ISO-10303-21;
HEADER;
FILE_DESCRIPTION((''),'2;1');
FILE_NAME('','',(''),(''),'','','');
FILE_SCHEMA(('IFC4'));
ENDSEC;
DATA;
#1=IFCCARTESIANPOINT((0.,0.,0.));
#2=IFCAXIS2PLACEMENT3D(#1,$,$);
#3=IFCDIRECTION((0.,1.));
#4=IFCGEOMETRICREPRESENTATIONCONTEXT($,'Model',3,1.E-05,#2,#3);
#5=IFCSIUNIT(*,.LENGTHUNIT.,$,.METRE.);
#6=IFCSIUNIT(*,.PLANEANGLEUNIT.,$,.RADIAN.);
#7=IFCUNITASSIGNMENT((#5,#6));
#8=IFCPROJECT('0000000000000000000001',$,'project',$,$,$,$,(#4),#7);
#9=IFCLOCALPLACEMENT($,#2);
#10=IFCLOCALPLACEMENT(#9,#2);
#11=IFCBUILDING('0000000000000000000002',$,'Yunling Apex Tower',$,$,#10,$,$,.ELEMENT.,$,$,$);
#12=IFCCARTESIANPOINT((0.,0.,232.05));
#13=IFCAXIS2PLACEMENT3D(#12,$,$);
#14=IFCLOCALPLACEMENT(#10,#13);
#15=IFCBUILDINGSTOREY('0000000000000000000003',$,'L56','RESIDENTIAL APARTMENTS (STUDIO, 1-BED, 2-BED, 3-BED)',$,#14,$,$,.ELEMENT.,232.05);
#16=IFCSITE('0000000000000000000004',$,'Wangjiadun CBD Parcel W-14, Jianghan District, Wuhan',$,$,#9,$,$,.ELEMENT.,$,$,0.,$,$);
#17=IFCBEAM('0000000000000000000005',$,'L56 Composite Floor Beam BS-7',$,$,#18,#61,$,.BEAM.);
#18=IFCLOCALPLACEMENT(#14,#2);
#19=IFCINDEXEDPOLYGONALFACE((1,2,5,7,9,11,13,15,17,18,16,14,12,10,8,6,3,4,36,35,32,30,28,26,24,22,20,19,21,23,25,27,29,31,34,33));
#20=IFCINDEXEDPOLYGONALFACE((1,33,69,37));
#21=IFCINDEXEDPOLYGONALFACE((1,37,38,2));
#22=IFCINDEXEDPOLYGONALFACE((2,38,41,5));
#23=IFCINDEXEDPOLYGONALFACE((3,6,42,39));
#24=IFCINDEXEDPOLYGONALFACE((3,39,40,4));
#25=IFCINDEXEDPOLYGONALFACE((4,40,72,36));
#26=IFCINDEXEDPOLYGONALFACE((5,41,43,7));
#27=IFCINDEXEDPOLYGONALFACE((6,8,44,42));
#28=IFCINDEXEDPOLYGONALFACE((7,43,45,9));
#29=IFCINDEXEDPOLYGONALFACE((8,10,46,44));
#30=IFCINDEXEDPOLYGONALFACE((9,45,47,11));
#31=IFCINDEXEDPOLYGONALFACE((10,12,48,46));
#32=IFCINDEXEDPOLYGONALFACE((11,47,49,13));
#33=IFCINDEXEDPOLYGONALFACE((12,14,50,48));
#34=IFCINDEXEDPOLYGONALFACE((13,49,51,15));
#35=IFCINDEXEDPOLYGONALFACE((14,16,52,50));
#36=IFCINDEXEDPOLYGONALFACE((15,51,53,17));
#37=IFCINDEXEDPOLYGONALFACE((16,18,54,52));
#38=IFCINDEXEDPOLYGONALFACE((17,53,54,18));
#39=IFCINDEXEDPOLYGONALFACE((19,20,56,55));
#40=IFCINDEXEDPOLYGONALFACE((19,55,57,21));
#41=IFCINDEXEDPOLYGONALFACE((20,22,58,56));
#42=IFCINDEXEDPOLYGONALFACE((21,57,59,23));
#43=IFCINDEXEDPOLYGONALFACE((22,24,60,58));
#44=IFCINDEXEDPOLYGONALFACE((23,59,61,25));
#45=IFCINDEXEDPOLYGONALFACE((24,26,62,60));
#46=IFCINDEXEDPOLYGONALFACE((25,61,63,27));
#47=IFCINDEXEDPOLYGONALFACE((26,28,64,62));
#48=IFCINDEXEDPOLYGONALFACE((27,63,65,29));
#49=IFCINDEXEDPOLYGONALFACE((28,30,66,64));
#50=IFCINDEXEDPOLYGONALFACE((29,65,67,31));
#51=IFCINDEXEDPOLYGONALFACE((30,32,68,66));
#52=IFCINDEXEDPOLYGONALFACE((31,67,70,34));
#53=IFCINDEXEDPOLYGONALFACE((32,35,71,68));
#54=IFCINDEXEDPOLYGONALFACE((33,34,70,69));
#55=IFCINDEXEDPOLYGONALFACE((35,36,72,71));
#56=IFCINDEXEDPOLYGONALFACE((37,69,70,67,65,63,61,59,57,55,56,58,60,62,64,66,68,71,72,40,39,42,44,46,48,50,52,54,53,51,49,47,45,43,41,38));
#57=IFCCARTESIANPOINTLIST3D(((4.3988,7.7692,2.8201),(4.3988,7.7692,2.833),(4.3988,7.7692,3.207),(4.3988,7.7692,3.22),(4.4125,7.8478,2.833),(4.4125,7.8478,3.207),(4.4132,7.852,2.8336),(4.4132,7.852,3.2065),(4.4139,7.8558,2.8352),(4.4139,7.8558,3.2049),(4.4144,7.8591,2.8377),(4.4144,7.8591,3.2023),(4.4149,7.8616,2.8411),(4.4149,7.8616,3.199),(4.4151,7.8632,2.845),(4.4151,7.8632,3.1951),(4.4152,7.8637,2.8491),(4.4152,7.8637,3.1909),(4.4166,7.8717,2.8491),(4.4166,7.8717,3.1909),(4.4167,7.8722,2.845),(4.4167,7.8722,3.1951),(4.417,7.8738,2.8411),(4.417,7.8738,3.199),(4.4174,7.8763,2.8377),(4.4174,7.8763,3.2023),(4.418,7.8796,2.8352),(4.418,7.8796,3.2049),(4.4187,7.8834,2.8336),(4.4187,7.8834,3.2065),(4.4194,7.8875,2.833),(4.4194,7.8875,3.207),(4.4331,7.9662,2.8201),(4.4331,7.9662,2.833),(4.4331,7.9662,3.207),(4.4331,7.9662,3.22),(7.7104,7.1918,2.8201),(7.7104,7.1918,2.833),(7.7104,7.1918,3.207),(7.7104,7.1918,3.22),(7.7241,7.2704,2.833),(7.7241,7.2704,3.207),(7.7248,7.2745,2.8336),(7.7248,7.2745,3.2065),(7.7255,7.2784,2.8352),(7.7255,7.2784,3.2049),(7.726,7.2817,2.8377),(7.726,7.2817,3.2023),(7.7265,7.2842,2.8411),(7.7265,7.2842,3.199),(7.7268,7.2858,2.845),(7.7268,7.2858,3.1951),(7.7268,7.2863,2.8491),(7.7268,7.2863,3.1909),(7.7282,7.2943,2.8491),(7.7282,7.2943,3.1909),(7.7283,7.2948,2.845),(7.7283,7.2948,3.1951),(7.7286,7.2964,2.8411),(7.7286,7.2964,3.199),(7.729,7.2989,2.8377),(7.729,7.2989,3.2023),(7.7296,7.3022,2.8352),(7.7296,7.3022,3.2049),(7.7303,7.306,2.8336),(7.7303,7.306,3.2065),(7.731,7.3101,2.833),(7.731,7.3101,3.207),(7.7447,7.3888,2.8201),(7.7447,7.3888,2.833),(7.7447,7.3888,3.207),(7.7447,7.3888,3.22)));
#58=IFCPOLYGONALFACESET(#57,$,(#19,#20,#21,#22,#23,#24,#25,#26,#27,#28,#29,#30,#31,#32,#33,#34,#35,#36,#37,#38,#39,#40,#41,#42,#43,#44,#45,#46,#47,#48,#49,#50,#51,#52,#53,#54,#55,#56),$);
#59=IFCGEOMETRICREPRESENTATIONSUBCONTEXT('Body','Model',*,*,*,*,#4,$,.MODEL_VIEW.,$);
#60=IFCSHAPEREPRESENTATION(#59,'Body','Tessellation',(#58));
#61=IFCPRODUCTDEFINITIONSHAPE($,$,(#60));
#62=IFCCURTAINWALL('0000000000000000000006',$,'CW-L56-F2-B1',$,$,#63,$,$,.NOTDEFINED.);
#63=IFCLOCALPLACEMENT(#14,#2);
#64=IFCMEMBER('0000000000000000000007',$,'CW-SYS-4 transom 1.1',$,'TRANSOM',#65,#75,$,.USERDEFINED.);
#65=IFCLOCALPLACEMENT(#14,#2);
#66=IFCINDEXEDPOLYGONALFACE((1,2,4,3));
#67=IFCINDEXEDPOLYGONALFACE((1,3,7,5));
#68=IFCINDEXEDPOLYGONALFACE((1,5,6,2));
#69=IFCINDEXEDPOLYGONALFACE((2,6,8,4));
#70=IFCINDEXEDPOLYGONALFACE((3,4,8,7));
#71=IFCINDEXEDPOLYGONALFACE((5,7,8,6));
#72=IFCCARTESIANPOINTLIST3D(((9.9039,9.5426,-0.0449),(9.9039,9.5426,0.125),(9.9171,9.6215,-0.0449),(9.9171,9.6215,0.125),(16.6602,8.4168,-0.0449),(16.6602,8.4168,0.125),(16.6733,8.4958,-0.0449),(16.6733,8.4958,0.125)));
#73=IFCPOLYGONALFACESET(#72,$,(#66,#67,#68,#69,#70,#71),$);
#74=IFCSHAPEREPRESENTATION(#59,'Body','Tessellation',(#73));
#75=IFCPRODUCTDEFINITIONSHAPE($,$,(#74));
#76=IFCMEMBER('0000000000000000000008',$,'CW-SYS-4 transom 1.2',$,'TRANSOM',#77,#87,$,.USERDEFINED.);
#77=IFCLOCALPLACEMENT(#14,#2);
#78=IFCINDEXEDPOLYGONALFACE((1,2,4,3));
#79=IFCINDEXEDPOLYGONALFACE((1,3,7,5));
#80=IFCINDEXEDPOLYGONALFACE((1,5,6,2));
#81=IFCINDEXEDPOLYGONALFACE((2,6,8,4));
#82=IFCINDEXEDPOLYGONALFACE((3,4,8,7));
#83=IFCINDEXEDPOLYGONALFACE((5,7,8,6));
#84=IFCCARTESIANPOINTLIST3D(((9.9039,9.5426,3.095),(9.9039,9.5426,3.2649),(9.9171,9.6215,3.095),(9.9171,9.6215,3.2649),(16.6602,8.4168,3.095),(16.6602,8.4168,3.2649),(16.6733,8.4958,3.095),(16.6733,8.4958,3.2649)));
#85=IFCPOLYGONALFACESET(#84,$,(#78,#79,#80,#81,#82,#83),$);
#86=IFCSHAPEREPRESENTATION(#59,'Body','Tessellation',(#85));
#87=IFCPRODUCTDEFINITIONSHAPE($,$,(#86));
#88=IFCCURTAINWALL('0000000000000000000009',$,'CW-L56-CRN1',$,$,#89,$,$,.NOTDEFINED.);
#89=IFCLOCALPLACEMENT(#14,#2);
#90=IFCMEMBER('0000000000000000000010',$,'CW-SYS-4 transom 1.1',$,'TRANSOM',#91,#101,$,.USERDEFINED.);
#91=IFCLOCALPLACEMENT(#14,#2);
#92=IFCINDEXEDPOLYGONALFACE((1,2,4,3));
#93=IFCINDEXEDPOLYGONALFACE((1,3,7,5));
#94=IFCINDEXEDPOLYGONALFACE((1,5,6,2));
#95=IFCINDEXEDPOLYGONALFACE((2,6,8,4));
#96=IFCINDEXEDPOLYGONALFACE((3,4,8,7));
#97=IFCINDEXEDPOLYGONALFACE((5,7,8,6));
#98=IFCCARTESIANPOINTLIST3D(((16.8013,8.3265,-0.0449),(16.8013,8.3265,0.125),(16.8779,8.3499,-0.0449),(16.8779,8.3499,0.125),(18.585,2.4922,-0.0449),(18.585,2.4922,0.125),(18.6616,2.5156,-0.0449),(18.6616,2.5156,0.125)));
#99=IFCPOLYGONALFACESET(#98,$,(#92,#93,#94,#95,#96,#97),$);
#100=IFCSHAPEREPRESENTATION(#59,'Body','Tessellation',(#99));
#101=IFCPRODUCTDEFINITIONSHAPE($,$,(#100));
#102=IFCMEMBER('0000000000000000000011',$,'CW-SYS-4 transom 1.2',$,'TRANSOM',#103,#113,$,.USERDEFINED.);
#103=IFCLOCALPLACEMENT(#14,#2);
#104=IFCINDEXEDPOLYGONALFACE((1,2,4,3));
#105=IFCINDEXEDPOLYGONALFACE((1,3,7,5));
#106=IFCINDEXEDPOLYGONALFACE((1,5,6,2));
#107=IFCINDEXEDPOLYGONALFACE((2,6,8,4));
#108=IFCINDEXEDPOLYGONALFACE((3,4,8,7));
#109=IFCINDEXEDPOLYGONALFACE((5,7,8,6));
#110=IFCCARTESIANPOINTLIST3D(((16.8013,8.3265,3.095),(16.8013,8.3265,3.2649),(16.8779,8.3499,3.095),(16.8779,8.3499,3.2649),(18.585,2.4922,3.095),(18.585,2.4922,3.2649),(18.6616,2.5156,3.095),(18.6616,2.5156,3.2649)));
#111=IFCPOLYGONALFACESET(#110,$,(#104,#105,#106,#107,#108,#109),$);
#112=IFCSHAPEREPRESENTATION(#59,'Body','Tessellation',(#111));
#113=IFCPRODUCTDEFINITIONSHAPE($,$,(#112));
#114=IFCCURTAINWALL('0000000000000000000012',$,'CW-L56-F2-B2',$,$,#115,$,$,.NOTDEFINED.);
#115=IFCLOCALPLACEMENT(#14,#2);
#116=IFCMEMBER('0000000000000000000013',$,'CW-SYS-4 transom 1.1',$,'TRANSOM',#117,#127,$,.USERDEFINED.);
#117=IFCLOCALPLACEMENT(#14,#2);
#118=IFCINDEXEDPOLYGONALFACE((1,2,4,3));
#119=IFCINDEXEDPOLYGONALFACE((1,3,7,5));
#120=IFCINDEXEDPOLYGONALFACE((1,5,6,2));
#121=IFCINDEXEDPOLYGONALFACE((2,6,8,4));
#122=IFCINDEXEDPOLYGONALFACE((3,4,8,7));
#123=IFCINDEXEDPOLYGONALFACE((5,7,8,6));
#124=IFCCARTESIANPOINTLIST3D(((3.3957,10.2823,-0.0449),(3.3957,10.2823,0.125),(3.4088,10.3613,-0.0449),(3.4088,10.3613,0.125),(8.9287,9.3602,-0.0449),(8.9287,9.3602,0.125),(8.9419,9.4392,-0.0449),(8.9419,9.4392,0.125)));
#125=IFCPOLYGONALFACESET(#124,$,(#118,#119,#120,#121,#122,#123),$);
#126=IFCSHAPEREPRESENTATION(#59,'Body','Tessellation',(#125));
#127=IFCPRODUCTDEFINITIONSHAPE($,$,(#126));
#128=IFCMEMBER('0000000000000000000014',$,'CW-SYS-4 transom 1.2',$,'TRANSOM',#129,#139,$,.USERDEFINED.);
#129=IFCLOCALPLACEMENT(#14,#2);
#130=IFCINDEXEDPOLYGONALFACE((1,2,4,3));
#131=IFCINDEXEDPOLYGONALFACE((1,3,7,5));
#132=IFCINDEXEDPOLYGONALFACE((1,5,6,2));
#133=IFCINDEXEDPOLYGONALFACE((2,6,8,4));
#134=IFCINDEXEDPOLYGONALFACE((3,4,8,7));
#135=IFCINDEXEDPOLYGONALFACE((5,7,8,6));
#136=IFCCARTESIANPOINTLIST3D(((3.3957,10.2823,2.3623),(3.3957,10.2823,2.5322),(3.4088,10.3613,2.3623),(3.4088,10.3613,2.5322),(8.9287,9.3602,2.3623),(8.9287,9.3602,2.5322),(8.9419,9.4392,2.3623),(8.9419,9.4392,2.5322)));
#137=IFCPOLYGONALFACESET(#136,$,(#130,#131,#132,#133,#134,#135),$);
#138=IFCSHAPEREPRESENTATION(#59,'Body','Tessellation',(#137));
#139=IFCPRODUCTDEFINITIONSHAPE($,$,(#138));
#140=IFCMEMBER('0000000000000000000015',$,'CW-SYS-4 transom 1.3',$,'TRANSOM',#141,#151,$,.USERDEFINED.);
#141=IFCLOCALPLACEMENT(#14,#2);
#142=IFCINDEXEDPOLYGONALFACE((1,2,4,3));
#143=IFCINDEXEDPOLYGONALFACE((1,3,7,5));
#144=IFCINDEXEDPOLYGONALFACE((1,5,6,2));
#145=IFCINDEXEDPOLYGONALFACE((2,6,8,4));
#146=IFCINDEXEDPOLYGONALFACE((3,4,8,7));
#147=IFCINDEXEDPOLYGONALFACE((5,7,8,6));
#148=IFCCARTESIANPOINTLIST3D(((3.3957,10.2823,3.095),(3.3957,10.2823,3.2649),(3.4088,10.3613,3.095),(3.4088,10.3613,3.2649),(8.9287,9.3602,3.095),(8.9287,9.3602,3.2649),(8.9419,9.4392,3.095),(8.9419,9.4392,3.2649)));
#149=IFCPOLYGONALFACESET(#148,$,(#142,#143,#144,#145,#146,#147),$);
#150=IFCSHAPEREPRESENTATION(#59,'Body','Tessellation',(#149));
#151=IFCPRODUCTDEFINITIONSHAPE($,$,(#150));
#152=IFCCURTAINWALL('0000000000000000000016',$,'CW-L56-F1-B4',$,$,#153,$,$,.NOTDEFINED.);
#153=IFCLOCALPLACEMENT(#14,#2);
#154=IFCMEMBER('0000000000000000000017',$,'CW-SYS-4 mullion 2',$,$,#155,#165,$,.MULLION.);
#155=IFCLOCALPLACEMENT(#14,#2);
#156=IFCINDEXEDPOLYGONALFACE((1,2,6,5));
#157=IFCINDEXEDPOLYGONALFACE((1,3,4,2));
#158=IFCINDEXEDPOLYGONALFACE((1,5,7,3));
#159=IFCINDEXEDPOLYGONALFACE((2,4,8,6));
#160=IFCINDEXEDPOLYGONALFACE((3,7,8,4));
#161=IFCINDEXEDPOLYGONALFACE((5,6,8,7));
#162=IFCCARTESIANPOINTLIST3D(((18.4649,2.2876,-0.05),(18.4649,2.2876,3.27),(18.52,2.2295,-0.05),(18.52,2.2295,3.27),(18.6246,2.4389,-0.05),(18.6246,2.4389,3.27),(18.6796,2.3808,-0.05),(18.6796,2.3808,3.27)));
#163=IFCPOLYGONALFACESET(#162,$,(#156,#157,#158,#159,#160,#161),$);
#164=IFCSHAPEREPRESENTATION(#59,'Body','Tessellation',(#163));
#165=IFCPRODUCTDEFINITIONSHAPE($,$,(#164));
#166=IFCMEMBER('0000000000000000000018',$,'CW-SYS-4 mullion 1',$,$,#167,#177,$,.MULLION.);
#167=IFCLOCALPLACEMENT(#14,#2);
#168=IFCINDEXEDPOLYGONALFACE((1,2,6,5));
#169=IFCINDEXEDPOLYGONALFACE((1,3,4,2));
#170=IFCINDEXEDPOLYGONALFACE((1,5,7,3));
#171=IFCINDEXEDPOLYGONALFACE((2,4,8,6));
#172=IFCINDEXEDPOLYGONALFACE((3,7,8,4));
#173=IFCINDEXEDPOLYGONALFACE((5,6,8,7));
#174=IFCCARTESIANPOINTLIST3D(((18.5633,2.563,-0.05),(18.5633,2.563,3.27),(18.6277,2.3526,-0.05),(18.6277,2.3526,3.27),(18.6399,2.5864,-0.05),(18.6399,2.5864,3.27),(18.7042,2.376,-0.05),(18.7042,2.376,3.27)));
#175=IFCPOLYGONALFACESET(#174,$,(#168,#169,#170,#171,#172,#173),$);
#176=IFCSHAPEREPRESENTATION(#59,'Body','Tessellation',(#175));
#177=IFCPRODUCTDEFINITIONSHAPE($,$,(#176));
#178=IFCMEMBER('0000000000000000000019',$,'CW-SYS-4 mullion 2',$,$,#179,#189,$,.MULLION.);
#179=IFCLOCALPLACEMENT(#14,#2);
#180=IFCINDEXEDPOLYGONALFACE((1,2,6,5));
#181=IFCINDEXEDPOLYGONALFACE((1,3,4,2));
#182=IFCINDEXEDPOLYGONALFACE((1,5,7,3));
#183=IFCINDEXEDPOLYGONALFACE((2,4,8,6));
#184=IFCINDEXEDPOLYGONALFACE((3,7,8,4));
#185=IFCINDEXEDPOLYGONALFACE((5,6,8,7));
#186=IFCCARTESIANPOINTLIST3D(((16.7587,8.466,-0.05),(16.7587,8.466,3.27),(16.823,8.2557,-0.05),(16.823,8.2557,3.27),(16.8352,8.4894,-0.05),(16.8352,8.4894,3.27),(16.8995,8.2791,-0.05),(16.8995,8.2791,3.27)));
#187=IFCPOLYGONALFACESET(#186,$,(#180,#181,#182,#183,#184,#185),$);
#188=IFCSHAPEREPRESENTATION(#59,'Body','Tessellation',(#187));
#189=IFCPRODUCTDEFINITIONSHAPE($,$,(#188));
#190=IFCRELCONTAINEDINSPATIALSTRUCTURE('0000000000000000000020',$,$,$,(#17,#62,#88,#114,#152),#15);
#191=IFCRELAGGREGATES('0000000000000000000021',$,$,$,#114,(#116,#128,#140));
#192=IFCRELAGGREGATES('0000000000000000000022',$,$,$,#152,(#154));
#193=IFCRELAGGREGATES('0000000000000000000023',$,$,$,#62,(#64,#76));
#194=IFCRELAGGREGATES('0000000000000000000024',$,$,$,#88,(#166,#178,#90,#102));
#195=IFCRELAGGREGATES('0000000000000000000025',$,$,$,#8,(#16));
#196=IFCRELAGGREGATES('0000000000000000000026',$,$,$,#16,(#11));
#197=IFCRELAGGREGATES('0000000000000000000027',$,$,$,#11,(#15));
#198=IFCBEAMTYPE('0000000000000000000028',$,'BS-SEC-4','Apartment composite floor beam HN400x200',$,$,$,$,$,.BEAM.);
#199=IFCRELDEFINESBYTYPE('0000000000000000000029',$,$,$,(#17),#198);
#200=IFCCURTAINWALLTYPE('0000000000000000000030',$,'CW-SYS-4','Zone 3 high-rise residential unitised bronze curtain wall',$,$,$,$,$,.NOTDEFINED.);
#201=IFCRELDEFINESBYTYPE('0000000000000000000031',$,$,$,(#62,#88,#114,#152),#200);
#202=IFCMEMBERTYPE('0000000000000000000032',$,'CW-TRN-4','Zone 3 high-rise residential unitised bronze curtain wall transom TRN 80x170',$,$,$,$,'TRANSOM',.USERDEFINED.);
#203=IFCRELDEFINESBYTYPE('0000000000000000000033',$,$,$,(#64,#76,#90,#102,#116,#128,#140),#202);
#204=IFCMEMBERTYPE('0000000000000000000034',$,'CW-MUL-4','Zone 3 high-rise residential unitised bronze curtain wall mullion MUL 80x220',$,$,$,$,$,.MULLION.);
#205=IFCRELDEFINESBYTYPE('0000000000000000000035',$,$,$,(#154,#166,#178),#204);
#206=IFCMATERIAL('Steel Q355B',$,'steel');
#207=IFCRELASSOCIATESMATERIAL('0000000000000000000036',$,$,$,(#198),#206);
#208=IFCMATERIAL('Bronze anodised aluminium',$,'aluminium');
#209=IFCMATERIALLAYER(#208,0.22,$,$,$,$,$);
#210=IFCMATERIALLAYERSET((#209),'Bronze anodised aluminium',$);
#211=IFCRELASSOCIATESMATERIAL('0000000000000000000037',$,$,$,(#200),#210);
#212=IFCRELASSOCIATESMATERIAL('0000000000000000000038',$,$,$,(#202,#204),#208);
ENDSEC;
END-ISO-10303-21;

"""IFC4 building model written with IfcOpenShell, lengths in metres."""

from ifc_helpers import new_model, si_unit, direction, frame, origin, origin_2d, place, context, subcontext, project, spatial, rectangle, i_section, extrude, source, transform, mapped, material, layer, layer_set, material_profile, profile_set, type_object, element, aggregate, save


model = new_model("IFC4")

# Units and contexts
model_context = context("Model", 3, precision=1e-05, world=origin(), true_north=direction((0.0, 1.0)))
body_context = subcontext(model_context, "Body", "Model", "MODEL_VIEW")
ifc_project = project(units=[si_unit("LENGTHUNIT", "METRE"), si_unit("PLANEANGLEUNIT", "RADIAN")], contexts=[model_context])

# Site, building, storey
site_placement = place(None, origin())
site = spatial("IfcSite", under=ifc_project, at=site_placement, Name="Wangjiadun CBD Parcel W-14, Jianghan District, Wuhan", CompositionType="ELEMENT", RefElevation=0.0)
building_placement = place(site_placement, origin())
building = spatial("IfcBuilding", under=site, at=building_placement, Name="Yunling Apex Tower", CompositionType="ELEMENT")
storey_placement = place(building_placement, frame((0.0, 0.0, 232.05)))
storey = spatial("IfcBuildingStorey", under=building, at=storey_placement, Name="L56", Description="RESIDENTIAL APARTMENTS (STUDIO, 1-BED, 2-BED, 3-BED)", CompositionType="ELEMENT", Elevation=232.05)

# Beam
ifc_material_1 = material(Name="Steel Q355B", Category="steel")
ifc_material_profile_1 = material_profile(ifc_material_1, i_section(OverallWidth=0.2, OverallDepth=0.3999, WebThickness=0.0081, FlangeThickness=0.0129, FilletRadius=0.0161, at=origin_2d()))
ifc_profile_set_1 = profile_set([ifc_material_profile_1], Name="Steel Q355B")
beam_type_1 = type_object("IfcBeamType", Name="BS-SEC-4", Description="Apartment composite floor beam HN400x200", PredefinedType="BEAM", material=ifc_profile_set_1)
shared_shape_1 = source(origin(), body_context, "Body", "SweptSolid", [
    extrude(i_section(OverallWidth=0.2, OverallDepth=0.3999, WebThickness=0.0081, FlangeThickness=0.0129, FilletRadius=0.0161, at=origin_2d()), origin(), (0.0, 0.0, 1.0), 3.3616),
])
beam_1_placement = place(storey_placement, frame((7.7275, 7.2903, 3.02), z_axis=(-0.985138, 0.171767, 0.0), x_axis=(-0.171767, -0.985138, 0.0)))
element("IfcBeam", 1, at=beam_1_placement, inside=storey, type_object=beam_type_1, Name="L56 Composite Floor Beam BS-7", PredefinedType="BEAM", context=body_context, shape_type="MappedRepresentation", body=[
    mapped(shared_shape_1, transform((0.0, 0.0, 0.0), scale=1.0)),
])

# Curtain walls, members
ifc_material_2 = material(Name="Bronze anodised aluminium", Category="aluminium")
ifc_layer_1 = layer(ifc_material_2, 0.22)
ifc_layer_set_1 = layer_set([ifc_layer_1], Name="Bronze anodised aluminium")
curtain_wall_type = type_object("IfcCurtainWallType", Name="CW-SYS-4", Description="Zone 3 high-rise residential unitised bronze curtain wall", PredefinedType="NOTDEFINED", material=ifc_layer_set_1)
curtain_wall_1_placement = place(storey_placement, origin())
curtain_wall_1 = element("IfcCurtainWall", 2, at=curtain_wall_1_placement, inside=storey, type_object=curtain_wall_type, Name="CW-L56-F2-B1", PredefinedType="NOTDEFINED")
ifc_material_profile_2 = material_profile(ifc_material_2, rectangle(XDim=0.0801, YDim=0.1699, at=origin_2d()))
ifc_profile_set_2 = profile_set([ifc_material_profile_2], Name="Bronze anodised aluminium")
member_type_1 = type_object("IfcMemberType", Name="CW-TRN-4", Description="Zone 3 high-rise residential unitised bronze curtain wall transom TRN 80x170", ElementType="TRANSOM", PredefinedType="USERDEFINED", material=ifc_profile_set_2)
shared_shape_2 = source(origin(), body_context, "Body", "SweptSolid", [
    extrude(rectangle(XDim=0.0801, YDim=0.1699, at=origin_2d()), origin(), (0.0, 0.0, 1.0), 6.8494),
])
member_1_placement = place(storey_placement, frame((16.6667, 8.4563, 0.04), z_axis=(-0.986401, 0.164359, 0.0), x_axis=(-0.164359, -0.986401, 0.0)))
member_1 = element("IfcMember", 3, at=member_1_placement, type_object=member_type_1, Name="CW-SYS-4 transom 1.1", ObjectType="TRANSOM", PredefinedType="USERDEFINED", context=body_context, shape_type="MappedRepresentation", body=[
    mapped(shared_shape_2, transform((0.0, 0.0, 0.0), scale=1.0)),
])
member_2_placement = place(storey_placement, frame((16.6667, 8.4563, 3.1799), z_axis=(-0.986401, 0.164359, 0.0), x_axis=(-0.164359, -0.986401, 0.0)))
member_2 = element("IfcMember", 4, at=member_2_placement, type_object=member_type_1, Name="CW-SYS-4 transom 1.2", ObjectType="TRANSOM", PredefinedType="USERDEFINED", context=body_context, shape_type="MappedRepresentation", body=[
    mapped(shared_shape_2, transform((0.0, 0.0, 0.0), scale=1.0)),
])
curtain_wall_2_placement = place(storey_placement, origin())
curtain_wall_2 = element("IfcCurtainWall", 5, at=curtain_wall_2_placement, inside=storey, type_object=curtain_wall_type, Name="CW-L56-CRN1", PredefinedType="NOTDEFINED")
shared_shape_3 = source(origin(), body_context, "Body", "SweptSolid", [
    extrude(rectangle(XDim=0.0801, YDim=0.1699, at=origin_2d()), origin(), (0.0, 0.0, 1.0), 6.1008),
])
member_3_placement = place(storey_placement, frame((18.6233, 2.5039, 0.04), z_axis=(-0.29237, 0.956305, 0.0), x_axis=(-0.956305, -0.29237, 0.0)))
member_3 = element("IfcMember", 6, at=member_3_placement, type_object=member_type_1, Name="CW-SYS-4 transom 1.1", ObjectType="TRANSOM", PredefinedType="USERDEFINED", context=body_context, shape_type="MappedRepresentation", body=[
    mapped(shared_shape_3, transform((0.0, 0.0, 0.0), scale=1.0)),
])
member_4_placement = place(storey_placement, frame((18.6233, 2.5039, 3.1799), z_axis=(-0.29237, 0.956305, 0.0), x_axis=(-0.956305, -0.29237, 0.0)))
member_4 = element("IfcMember", 7, at=member_4_placement, type_object=member_type_1, Name="CW-SYS-4 transom 1.2", ObjectType="TRANSOM", PredefinedType="USERDEFINED", context=body_context, shape_type="MappedRepresentation", body=[
    mapped(shared_shape_3, transform((0.0, 0.0, 0.0), scale=1.0)),
])
curtain_wall_3_placement = place(storey_placement, origin())
curtain_wall_3 = element("IfcCurtainWall", 8, at=curtain_wall_3_placement, inside=storey, type_object=curtain_wall_type, Name="CW-L56-F2-B2", PredefinedType="NOTDEFINED")
shared_shape_4 = source(origin(), body_context, "Body", "SweptSolid", [
    extrude(rectangle(XDim=0.0801, YDim=0.1699, at=origin_2d()), origin(), (0.0, 0.0, 1.0), 5.6094),
])
member_5_placement = place(storey_placement, frame((8.9353, 9.3997, 0.04), z_axis=(-0.986395, 0.164392, 0.0), x_axis=(-0.164392, -0.986395, 0.0)))
member_5 = element("IfcMember", 9, at=member_5_placement, type_object=member_type_1, Name="CW-SYS-4 transom 1.1", ObjectType="TRANSOM", PredefinedType="USERDEFINED", context=body_context, shape_type="MappedRepresentation", body=[
    mapped(shared_shape_4, transform((0.0, 0.0, 0.0), scale=1.0)),
])
member_6_placement = place(storey_placement, frame((8.9353, 9.3997, 2.4473), z_axis=(-0.986395, 0.164392, 0.0), x_axis=(-0.164392, -0.986395, 0.0)))
member_6 = element("IfcMember", 10, at=member_6_placement, type_object=member_type_1, Name="CW-SYS-4 transom 1.2", ObjectType="TRANSOM", PredefinedType="USERDEFINED", context=body_context, shape_type="MappedRepresentation", body=[
    mapped(shared_shape_4, transform((0.0, 0.0, 0.0), scale=1.0)),
])
member_7_placement = place(storey_placement, frame((8.9353, 9.3997, 3.1799), z_axis=(-0.986395, 0.164392, 0.0), x_axis=(-0.164392, -0.986395, 0.0)))
member_7 = element("IfcMember", 11, at=member_7_placement, type_object=member_type_1, Name="CW-SYS-4 transom 1.3", ObjectType="TRANSOM", PredefinedType="USERDEFINED", context=body_context, shape_type="MappedRepresentation", body=[
    mapped(shared_shape_4, transform((0.0, 0.0, 0.0), scale=1.0)),
])

# Curtain wall, member
curtain_wall_4_placement = place(storey_placement, origin())
curtain_wall_4 = element("IfcCurtainWall", 12, at=curtain_wall_4_placement, inside=storey, type_object=curtain_wall_type, Name="CW-L56-F1-B4", PredefinedType="NOTDEFINED")
ifc_material_profile_3 = material_profile(ifc_material_2, rectangle(XDim=0.0801, YDim=0.22, at=origin_2d()))
ifc_profile_set_3 = profile_set([ifc_material_profile_3], Name="Bronze anodised aluminium")
member_type_2 = type_object("IfcMemberType", Name="CW-MUL-4", Description="Zone 3 high-rise residential unitised bronze curtain wall mullion MUL 80x220", PredefinedType="MULLION", material=ifc_profile_set_3)
shared_shape_5 = source(origin(), body_context, "Body", "SweptSolid", [
    extrude(rectangle(XDim=0.0801, YDim=0.22, at=origin_2d()), origin(), (0.0, 0.0, 1.0), 3.3201),
])
member_8_placement = place(storey_placement, frame((18.5723, 2.3342, -0.05), z_axis=(0.0, 0.0, 1.0), x_axis=(-0.687848, 0.725855, 0.0)))
member_8 = element("IfcMember", 13, at=member_8_placement, type_object=member_type_2, Name="CW-SYS-4 mullion 2", PredefinedType="MULLION", context=body_context, shape_type="MappedRepresentation", body=[
    mapped(shared_shape_5, transform((0.0, 0.0, 0.0), scale=1.0)),
])

# Members
member_9_placement = place(storey_placement, frame((18.6338, 2.4695, -0.05), z_axis=(0.0, 0.0, 1.0), x_axis=(-0.956305, -0.292369, 0.0)))
member_9 = element("IfcMember", 14, at=member_9_placement, type_object=member_type_2, Name="CW-SYS-4 mullion 1", PredefinedType="MULLION", context=body_context, shape_type="MappedRepresentation", body=[
    mapped(shared_shape_5, transform((0.0, 0.0, 0.0), scale=1.0)),
])
member_10_placement = place(storey_placement, frame((16.8291, 8.3726, -0.05), z_axis=(0.0, 0.0, 1.0), x_axis=(-0.956305, -0.292369, 0.0)))
member_10 = element("IfcMember", 15, at=member_10_placement, type_object=member_type_2, Name="CW-SYS-4 mullion 2", PredefinedType="MULLION", context=body_context, shape_type="MappedRepresentation", body=[
    mapped(shared_shape_5, transform((0.0, 0.0, 0.0), scale=1.0)),
])
aggregate(curtain_wall_3, [member_5, member_6, member_7])

aggregate(curtain_wall_4, [member_8])
aggregate(curtain_wall_1, [member_1, member_2])
aggregate(curtain_wall_2, [member_9, member_10, member_3, member_4])

save(model, "model.ifc")
